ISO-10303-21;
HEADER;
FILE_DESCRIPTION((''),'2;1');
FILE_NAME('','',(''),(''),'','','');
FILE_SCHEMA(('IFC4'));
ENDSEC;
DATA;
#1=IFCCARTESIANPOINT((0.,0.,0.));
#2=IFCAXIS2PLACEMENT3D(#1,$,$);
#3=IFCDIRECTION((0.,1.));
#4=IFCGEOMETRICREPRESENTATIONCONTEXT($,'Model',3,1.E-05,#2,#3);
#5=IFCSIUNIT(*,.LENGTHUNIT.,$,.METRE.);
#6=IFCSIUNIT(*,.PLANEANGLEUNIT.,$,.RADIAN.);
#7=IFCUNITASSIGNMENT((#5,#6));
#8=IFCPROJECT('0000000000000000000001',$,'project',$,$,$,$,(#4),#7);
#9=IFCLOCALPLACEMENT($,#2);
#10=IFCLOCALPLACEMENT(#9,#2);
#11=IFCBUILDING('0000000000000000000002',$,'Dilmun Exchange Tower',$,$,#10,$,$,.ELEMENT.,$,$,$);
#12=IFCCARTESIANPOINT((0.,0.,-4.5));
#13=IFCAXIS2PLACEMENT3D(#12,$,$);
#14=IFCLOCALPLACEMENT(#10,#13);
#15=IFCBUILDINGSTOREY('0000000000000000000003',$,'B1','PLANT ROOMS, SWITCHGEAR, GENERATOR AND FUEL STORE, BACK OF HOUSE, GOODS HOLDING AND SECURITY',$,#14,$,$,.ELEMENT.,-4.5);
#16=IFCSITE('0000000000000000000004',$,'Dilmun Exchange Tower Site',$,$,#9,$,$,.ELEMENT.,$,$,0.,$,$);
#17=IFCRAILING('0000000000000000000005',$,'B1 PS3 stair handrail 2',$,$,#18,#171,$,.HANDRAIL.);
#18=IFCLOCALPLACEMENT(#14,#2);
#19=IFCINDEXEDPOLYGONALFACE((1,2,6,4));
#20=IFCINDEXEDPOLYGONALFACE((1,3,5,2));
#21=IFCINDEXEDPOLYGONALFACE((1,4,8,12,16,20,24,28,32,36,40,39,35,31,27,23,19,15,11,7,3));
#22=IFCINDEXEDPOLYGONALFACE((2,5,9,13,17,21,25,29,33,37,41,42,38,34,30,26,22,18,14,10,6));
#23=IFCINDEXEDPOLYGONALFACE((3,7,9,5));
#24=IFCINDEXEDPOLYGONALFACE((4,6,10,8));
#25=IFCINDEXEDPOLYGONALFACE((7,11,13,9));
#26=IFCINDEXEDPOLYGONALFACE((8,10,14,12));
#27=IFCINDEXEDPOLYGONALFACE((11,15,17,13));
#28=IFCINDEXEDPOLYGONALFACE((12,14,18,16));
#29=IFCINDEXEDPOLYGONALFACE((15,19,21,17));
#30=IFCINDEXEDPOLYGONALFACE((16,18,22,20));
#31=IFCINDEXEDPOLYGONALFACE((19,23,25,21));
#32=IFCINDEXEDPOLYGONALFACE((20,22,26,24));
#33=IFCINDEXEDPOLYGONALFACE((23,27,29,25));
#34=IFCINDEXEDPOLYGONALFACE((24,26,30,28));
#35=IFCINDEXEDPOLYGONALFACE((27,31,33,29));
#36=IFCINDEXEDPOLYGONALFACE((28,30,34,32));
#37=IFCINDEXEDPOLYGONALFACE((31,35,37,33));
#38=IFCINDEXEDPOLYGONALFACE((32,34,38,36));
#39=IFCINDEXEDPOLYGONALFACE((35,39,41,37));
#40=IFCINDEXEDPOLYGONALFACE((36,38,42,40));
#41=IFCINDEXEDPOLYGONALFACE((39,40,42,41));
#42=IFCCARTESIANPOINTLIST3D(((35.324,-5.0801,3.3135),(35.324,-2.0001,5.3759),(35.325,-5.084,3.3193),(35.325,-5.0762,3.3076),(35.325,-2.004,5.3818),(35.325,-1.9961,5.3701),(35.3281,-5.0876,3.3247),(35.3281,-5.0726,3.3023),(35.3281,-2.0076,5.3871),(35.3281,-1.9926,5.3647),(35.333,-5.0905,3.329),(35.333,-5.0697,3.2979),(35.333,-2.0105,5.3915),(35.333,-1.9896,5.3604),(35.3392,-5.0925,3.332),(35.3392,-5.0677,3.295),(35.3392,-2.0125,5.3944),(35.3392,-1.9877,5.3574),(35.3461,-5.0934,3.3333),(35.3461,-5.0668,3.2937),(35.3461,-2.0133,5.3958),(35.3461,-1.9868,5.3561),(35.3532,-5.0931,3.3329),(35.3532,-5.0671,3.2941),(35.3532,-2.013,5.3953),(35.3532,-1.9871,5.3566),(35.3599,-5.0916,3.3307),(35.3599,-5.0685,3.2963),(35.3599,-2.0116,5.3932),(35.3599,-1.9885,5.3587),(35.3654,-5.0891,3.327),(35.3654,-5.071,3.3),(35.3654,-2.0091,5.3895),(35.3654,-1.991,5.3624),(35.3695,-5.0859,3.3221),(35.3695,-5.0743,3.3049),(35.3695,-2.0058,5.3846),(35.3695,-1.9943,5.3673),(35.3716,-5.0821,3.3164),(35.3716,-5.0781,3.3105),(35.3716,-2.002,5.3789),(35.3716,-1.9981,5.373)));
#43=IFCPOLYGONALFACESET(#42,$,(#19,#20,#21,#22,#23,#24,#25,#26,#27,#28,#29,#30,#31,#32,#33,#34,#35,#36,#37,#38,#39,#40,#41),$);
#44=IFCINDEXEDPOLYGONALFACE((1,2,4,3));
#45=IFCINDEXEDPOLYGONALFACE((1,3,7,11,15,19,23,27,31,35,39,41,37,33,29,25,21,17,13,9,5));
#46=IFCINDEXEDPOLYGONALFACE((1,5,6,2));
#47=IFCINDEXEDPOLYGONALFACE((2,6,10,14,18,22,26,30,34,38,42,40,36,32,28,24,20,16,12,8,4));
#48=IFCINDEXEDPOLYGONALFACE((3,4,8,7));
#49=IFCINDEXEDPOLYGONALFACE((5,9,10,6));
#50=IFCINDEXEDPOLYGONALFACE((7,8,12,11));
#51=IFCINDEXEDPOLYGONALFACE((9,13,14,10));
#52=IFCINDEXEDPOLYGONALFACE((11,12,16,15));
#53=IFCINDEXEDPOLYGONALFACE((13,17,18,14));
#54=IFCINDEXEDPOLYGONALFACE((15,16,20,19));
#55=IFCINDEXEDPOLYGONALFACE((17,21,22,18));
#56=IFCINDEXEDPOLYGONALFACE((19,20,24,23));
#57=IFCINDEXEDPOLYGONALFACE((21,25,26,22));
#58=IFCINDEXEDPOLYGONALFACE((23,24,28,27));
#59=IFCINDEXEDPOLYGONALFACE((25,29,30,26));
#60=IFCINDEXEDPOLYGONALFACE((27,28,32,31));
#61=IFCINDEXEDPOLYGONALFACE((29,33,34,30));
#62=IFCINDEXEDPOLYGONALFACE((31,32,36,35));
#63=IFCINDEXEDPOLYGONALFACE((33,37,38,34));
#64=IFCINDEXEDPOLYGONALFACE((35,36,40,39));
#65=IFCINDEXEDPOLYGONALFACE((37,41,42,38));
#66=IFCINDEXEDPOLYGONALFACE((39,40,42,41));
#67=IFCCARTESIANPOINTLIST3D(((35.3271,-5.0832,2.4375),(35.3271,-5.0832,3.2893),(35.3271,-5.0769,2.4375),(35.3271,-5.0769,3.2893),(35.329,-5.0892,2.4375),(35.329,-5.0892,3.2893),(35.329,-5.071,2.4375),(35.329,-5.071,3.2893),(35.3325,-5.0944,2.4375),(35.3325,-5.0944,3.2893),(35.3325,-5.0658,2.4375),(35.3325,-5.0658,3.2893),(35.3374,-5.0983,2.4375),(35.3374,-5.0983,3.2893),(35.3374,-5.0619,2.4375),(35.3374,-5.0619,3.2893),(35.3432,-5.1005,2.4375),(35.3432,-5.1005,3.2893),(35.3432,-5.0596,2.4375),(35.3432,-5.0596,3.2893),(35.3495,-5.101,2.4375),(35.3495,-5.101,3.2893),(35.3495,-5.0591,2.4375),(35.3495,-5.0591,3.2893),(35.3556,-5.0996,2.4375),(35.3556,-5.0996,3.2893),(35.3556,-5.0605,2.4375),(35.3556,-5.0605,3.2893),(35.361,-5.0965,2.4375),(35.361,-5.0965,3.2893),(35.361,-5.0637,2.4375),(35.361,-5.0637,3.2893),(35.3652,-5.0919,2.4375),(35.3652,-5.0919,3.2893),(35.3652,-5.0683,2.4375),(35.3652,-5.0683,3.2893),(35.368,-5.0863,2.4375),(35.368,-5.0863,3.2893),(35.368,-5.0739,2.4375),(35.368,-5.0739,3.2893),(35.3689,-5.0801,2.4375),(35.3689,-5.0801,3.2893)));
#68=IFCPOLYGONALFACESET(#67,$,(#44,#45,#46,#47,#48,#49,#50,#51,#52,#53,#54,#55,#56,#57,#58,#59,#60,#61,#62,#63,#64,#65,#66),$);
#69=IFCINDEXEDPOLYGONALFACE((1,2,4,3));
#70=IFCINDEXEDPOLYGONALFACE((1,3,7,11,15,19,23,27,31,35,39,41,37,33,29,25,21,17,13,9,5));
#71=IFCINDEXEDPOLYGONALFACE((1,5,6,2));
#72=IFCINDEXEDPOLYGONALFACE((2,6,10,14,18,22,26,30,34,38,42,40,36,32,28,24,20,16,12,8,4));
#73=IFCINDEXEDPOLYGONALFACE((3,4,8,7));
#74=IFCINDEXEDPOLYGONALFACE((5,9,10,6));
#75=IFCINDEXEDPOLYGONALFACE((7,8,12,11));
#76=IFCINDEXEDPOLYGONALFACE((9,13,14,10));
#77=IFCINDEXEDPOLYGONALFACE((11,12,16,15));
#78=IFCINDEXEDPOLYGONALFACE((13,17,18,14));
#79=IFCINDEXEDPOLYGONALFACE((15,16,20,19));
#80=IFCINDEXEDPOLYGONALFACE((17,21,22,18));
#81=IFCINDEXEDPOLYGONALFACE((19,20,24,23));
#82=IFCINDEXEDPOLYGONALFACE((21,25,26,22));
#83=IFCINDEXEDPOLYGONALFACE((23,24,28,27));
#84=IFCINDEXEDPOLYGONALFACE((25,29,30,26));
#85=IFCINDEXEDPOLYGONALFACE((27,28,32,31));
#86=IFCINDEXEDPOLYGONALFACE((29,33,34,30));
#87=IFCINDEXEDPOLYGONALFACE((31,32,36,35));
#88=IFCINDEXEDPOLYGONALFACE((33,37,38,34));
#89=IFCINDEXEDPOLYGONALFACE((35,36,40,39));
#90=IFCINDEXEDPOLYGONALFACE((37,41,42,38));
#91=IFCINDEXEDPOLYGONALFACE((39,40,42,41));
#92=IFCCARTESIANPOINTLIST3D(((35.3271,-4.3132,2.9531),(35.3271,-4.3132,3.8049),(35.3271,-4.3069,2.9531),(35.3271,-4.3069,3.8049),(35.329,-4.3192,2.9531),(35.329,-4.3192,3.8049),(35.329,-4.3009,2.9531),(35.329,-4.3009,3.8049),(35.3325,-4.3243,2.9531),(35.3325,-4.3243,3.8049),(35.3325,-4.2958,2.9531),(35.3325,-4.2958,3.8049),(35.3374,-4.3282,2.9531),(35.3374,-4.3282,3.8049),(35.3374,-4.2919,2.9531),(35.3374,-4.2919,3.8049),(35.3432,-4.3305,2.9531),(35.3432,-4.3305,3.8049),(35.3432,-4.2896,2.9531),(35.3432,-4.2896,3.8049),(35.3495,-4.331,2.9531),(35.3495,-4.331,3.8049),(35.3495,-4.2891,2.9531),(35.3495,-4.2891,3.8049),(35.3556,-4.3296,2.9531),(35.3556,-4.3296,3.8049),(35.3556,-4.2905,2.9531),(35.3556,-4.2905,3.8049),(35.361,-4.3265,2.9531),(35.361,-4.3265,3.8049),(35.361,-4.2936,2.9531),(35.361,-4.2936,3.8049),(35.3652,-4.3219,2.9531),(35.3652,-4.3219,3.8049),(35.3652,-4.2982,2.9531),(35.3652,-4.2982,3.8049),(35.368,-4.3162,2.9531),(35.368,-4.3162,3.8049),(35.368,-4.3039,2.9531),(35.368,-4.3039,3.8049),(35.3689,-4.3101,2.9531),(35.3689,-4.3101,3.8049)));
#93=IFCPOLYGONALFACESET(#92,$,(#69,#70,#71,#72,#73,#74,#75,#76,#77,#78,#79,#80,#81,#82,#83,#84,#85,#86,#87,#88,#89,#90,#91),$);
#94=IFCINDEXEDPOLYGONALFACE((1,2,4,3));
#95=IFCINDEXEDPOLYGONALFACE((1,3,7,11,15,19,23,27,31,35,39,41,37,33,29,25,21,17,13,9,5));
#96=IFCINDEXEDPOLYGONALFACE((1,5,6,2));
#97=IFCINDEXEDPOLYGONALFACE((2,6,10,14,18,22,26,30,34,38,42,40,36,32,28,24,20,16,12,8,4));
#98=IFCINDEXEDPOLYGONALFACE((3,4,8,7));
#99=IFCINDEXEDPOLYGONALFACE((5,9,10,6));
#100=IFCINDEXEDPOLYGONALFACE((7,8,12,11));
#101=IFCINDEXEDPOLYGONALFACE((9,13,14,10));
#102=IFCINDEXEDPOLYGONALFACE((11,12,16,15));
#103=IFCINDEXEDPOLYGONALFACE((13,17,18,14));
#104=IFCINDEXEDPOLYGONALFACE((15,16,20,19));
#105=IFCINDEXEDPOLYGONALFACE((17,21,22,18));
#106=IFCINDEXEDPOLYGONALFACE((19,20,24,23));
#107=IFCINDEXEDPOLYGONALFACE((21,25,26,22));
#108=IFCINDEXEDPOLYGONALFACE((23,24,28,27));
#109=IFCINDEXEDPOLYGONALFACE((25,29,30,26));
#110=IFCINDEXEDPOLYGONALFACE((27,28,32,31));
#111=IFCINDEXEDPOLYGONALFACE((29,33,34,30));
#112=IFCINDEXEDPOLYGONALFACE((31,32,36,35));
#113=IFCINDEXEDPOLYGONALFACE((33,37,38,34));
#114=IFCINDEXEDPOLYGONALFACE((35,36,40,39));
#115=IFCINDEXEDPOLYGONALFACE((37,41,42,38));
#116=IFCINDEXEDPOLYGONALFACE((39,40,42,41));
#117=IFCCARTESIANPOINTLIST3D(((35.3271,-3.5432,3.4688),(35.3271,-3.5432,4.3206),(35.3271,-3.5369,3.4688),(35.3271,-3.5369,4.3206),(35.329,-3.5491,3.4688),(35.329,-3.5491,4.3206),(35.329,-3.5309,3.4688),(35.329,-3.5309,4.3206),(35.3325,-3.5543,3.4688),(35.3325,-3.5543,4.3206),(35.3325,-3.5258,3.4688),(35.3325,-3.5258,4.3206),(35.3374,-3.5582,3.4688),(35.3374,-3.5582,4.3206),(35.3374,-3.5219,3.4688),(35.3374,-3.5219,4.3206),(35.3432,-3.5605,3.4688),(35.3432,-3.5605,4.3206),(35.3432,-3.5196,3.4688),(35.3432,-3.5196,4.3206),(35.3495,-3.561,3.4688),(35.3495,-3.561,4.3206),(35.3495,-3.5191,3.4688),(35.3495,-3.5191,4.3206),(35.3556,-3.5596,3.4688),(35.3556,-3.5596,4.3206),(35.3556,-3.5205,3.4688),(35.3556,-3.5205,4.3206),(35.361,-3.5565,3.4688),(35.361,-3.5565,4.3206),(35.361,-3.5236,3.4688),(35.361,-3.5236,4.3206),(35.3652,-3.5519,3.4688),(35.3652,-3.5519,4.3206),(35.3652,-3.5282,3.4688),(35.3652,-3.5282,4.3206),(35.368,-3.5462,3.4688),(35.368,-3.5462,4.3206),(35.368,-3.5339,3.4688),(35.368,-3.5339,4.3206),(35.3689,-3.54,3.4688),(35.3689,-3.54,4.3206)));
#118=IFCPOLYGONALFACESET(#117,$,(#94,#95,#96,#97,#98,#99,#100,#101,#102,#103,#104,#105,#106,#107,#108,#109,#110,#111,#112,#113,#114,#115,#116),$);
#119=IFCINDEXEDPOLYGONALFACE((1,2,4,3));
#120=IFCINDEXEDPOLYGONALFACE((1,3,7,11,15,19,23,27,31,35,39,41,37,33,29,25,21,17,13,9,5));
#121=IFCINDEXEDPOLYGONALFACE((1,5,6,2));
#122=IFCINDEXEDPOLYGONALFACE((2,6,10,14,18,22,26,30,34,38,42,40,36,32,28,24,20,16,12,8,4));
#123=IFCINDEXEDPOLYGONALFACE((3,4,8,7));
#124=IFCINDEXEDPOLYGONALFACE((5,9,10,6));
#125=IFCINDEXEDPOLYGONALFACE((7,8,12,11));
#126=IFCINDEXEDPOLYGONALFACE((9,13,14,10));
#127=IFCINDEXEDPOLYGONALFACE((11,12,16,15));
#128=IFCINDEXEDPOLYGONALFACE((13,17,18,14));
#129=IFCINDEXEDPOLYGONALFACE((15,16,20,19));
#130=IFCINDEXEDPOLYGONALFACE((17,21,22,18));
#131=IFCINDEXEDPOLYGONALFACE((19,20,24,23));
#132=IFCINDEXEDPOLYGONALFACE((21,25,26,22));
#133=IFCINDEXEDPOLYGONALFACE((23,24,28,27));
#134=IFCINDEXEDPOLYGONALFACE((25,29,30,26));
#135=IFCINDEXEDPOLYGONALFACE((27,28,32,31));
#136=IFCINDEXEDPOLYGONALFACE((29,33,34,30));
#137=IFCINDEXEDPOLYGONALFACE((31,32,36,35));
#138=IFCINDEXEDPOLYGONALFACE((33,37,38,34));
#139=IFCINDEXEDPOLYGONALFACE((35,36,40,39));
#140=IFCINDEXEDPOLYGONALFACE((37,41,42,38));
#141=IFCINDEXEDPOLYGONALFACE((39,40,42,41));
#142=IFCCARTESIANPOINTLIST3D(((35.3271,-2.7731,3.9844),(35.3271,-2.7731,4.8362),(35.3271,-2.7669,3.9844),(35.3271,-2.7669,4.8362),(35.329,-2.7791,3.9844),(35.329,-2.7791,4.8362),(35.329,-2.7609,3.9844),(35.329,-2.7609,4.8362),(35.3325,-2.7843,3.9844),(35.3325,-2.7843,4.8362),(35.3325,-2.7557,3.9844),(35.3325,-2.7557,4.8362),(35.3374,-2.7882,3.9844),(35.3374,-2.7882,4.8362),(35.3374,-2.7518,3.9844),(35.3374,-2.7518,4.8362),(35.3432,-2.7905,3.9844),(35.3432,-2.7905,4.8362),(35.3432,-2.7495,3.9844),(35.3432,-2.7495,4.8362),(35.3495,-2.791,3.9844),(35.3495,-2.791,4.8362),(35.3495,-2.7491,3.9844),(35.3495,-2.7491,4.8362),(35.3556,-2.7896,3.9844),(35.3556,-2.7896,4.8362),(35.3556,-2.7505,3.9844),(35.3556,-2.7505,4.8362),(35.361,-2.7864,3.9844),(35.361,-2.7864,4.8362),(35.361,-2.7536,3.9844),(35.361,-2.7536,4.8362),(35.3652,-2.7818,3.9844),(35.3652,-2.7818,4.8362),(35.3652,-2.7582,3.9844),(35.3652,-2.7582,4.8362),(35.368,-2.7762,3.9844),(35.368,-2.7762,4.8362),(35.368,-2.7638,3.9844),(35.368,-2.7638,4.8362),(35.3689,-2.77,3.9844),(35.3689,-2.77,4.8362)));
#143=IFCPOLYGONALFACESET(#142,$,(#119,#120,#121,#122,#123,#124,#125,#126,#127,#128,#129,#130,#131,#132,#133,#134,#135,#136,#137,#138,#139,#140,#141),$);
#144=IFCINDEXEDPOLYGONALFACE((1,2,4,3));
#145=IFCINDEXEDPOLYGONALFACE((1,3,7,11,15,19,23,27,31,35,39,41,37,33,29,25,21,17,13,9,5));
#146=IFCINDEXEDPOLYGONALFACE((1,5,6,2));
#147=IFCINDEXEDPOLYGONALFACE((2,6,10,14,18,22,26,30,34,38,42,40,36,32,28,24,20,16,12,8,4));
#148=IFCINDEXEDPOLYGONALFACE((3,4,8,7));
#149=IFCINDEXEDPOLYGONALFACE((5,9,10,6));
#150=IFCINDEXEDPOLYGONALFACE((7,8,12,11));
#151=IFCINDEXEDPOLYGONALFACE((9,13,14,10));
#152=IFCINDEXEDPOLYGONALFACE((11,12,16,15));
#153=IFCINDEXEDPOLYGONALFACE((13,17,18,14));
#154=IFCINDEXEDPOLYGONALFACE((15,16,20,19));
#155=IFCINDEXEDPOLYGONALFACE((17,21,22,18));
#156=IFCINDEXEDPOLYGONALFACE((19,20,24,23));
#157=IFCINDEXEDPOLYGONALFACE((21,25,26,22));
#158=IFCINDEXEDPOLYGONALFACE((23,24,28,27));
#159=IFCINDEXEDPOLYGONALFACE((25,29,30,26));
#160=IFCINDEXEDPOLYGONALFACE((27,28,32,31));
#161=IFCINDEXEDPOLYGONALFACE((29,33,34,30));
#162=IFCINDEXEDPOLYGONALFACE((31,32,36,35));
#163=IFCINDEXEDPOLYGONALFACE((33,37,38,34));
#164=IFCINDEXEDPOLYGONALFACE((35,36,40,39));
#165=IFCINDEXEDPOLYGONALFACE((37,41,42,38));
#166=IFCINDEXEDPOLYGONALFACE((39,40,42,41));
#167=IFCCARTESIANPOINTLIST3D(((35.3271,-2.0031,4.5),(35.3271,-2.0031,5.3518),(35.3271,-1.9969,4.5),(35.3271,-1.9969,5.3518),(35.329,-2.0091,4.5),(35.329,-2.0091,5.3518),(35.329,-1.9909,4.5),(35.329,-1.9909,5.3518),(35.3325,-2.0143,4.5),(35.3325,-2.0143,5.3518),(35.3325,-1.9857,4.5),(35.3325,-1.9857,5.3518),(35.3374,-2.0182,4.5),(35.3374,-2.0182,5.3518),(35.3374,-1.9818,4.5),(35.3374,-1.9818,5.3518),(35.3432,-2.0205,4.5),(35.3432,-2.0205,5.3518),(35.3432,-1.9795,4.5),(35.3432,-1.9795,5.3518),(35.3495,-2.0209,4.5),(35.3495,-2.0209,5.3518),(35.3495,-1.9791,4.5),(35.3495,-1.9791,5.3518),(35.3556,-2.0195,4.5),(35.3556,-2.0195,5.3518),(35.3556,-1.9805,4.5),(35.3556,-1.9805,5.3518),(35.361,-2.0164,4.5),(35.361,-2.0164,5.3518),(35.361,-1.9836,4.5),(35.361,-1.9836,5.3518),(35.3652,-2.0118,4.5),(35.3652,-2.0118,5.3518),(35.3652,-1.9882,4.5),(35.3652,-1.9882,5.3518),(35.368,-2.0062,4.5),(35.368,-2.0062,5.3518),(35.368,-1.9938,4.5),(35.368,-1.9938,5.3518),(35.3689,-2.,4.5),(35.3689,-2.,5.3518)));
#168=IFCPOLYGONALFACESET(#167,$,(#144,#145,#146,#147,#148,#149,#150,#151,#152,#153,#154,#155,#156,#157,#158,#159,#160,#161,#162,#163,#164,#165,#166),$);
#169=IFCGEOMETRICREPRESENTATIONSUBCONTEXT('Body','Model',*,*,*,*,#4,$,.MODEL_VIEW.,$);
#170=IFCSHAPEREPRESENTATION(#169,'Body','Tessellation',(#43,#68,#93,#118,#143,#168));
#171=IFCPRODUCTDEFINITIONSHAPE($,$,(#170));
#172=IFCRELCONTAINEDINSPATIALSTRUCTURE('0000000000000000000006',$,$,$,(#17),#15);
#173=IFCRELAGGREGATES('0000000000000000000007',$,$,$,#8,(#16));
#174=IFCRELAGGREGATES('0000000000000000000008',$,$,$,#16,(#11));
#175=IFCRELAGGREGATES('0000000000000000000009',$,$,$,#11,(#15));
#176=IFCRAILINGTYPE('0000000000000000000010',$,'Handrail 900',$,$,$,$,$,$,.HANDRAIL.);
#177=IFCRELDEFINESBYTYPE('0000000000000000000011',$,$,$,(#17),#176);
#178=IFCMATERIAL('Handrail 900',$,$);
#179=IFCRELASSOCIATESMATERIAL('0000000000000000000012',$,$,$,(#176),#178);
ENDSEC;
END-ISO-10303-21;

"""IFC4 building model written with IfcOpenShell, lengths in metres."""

from ifc_helpers import new_model, si_unit, direction, frame, origin, origin_2d, place, context, subcontext, project, spatial, circle, extrude, material, type_object, element, save


model = new_model("IFC4")

# Units and contexts
model_context = context("Model", 3, precision=1e-05, world=origin(), true_north=direction((0.0, 1.0)))
body_context = subcontext(model_context, "Body", "Model", "MODEL_VIEW")
ifc_project = project(units=[si_unit("LENGTHUNIT", "METRE"), si_unit("PLANEANGLEUNIT", "RADIAN")], contexts=[model_context])

# Site, building, storey
site_placement = place(None, origin())
site = spatial("IfcSite", under=ifc_project, at=site_placement, Name="Dilmun Exchange Tower Site", CompositionType="ELEMENT", RefElevation=0.0)
building_placement = place(site_placement, origin())
building = spatial("IfcBuilding", under=site, at=building_placement, Name="Dilmun Exchange Tower", CompositionType="ELEMENT")
storey_placement = place(building_placement, frame((0.0, 0.0, -4.5)))
storey = spatial("IfcBuildingStorey", under=building, at=storey_placement, Name="B1", Description="PLANT ROOMS, SWITCHGEAR, GENERATOR AND FUEL STORE, BACK OF HOUSE, GOODS HOLDING AND SECURITY", CompositionType="ELEMENT", Elevation=-4.5)

# Railing
ifc_material_1 = material(Name="Handrail 900")
railing_type_1 = type_object("IfcRailingType", Name="Handrail 900", PredefinedType="HANDRAIL", material=ifc_material_1)
railing_1_placement = place(storey_placement, frame((35.3479, -5.0801, 2.4375)))
element("IfcRailing", 1, at=railing_1_placement, inside=storey, type_object=railing_type_1, Name="B1 PS3 stair handrail 2", PredefinedType="HANDRAIL", context=body_context, shape_type="SweptSolid", body=[
    extrude(circle(Radius=0.0239, at=origin_2d()), frame((0.0, 0.0, 0.876), z_axis=(0.0, 0.830914, 0.556401), x_axis=(-1.0, 0.0, 0.0)), (0.0, 0.0, 1.0), 3.7068),
    extrude(circle(Radius=0.021, at=origin_2d()), origin(), (0.0, 0.0, 1.0), 0.8518),
    extrude(circle(Radius=0.021, at=origin_2d()), frame((0.0, 0.77, 0.5156)), (0.0, 0.0, 1.0), 0.8518),
    extrude(circle(Radius=0.021, at=origin_2d()), frame((0.0, 1.54, 1.0312)), (0.0, 0.0, 1.0), 0.8518),
    extrude(circle(Radius=0.021, at=origin_2d()), frame((0.0, 2.3101, 1.5469)), (0.0, 0.0, 1.0), 0.8518),
    extrude(circle(Radius=0.021, at=origin_2d()), frame((0.0, 3.0801, 2.0625)), (0.0, 0.0, 1.0), 0.8518),
])

save(model, "model.ifc")
